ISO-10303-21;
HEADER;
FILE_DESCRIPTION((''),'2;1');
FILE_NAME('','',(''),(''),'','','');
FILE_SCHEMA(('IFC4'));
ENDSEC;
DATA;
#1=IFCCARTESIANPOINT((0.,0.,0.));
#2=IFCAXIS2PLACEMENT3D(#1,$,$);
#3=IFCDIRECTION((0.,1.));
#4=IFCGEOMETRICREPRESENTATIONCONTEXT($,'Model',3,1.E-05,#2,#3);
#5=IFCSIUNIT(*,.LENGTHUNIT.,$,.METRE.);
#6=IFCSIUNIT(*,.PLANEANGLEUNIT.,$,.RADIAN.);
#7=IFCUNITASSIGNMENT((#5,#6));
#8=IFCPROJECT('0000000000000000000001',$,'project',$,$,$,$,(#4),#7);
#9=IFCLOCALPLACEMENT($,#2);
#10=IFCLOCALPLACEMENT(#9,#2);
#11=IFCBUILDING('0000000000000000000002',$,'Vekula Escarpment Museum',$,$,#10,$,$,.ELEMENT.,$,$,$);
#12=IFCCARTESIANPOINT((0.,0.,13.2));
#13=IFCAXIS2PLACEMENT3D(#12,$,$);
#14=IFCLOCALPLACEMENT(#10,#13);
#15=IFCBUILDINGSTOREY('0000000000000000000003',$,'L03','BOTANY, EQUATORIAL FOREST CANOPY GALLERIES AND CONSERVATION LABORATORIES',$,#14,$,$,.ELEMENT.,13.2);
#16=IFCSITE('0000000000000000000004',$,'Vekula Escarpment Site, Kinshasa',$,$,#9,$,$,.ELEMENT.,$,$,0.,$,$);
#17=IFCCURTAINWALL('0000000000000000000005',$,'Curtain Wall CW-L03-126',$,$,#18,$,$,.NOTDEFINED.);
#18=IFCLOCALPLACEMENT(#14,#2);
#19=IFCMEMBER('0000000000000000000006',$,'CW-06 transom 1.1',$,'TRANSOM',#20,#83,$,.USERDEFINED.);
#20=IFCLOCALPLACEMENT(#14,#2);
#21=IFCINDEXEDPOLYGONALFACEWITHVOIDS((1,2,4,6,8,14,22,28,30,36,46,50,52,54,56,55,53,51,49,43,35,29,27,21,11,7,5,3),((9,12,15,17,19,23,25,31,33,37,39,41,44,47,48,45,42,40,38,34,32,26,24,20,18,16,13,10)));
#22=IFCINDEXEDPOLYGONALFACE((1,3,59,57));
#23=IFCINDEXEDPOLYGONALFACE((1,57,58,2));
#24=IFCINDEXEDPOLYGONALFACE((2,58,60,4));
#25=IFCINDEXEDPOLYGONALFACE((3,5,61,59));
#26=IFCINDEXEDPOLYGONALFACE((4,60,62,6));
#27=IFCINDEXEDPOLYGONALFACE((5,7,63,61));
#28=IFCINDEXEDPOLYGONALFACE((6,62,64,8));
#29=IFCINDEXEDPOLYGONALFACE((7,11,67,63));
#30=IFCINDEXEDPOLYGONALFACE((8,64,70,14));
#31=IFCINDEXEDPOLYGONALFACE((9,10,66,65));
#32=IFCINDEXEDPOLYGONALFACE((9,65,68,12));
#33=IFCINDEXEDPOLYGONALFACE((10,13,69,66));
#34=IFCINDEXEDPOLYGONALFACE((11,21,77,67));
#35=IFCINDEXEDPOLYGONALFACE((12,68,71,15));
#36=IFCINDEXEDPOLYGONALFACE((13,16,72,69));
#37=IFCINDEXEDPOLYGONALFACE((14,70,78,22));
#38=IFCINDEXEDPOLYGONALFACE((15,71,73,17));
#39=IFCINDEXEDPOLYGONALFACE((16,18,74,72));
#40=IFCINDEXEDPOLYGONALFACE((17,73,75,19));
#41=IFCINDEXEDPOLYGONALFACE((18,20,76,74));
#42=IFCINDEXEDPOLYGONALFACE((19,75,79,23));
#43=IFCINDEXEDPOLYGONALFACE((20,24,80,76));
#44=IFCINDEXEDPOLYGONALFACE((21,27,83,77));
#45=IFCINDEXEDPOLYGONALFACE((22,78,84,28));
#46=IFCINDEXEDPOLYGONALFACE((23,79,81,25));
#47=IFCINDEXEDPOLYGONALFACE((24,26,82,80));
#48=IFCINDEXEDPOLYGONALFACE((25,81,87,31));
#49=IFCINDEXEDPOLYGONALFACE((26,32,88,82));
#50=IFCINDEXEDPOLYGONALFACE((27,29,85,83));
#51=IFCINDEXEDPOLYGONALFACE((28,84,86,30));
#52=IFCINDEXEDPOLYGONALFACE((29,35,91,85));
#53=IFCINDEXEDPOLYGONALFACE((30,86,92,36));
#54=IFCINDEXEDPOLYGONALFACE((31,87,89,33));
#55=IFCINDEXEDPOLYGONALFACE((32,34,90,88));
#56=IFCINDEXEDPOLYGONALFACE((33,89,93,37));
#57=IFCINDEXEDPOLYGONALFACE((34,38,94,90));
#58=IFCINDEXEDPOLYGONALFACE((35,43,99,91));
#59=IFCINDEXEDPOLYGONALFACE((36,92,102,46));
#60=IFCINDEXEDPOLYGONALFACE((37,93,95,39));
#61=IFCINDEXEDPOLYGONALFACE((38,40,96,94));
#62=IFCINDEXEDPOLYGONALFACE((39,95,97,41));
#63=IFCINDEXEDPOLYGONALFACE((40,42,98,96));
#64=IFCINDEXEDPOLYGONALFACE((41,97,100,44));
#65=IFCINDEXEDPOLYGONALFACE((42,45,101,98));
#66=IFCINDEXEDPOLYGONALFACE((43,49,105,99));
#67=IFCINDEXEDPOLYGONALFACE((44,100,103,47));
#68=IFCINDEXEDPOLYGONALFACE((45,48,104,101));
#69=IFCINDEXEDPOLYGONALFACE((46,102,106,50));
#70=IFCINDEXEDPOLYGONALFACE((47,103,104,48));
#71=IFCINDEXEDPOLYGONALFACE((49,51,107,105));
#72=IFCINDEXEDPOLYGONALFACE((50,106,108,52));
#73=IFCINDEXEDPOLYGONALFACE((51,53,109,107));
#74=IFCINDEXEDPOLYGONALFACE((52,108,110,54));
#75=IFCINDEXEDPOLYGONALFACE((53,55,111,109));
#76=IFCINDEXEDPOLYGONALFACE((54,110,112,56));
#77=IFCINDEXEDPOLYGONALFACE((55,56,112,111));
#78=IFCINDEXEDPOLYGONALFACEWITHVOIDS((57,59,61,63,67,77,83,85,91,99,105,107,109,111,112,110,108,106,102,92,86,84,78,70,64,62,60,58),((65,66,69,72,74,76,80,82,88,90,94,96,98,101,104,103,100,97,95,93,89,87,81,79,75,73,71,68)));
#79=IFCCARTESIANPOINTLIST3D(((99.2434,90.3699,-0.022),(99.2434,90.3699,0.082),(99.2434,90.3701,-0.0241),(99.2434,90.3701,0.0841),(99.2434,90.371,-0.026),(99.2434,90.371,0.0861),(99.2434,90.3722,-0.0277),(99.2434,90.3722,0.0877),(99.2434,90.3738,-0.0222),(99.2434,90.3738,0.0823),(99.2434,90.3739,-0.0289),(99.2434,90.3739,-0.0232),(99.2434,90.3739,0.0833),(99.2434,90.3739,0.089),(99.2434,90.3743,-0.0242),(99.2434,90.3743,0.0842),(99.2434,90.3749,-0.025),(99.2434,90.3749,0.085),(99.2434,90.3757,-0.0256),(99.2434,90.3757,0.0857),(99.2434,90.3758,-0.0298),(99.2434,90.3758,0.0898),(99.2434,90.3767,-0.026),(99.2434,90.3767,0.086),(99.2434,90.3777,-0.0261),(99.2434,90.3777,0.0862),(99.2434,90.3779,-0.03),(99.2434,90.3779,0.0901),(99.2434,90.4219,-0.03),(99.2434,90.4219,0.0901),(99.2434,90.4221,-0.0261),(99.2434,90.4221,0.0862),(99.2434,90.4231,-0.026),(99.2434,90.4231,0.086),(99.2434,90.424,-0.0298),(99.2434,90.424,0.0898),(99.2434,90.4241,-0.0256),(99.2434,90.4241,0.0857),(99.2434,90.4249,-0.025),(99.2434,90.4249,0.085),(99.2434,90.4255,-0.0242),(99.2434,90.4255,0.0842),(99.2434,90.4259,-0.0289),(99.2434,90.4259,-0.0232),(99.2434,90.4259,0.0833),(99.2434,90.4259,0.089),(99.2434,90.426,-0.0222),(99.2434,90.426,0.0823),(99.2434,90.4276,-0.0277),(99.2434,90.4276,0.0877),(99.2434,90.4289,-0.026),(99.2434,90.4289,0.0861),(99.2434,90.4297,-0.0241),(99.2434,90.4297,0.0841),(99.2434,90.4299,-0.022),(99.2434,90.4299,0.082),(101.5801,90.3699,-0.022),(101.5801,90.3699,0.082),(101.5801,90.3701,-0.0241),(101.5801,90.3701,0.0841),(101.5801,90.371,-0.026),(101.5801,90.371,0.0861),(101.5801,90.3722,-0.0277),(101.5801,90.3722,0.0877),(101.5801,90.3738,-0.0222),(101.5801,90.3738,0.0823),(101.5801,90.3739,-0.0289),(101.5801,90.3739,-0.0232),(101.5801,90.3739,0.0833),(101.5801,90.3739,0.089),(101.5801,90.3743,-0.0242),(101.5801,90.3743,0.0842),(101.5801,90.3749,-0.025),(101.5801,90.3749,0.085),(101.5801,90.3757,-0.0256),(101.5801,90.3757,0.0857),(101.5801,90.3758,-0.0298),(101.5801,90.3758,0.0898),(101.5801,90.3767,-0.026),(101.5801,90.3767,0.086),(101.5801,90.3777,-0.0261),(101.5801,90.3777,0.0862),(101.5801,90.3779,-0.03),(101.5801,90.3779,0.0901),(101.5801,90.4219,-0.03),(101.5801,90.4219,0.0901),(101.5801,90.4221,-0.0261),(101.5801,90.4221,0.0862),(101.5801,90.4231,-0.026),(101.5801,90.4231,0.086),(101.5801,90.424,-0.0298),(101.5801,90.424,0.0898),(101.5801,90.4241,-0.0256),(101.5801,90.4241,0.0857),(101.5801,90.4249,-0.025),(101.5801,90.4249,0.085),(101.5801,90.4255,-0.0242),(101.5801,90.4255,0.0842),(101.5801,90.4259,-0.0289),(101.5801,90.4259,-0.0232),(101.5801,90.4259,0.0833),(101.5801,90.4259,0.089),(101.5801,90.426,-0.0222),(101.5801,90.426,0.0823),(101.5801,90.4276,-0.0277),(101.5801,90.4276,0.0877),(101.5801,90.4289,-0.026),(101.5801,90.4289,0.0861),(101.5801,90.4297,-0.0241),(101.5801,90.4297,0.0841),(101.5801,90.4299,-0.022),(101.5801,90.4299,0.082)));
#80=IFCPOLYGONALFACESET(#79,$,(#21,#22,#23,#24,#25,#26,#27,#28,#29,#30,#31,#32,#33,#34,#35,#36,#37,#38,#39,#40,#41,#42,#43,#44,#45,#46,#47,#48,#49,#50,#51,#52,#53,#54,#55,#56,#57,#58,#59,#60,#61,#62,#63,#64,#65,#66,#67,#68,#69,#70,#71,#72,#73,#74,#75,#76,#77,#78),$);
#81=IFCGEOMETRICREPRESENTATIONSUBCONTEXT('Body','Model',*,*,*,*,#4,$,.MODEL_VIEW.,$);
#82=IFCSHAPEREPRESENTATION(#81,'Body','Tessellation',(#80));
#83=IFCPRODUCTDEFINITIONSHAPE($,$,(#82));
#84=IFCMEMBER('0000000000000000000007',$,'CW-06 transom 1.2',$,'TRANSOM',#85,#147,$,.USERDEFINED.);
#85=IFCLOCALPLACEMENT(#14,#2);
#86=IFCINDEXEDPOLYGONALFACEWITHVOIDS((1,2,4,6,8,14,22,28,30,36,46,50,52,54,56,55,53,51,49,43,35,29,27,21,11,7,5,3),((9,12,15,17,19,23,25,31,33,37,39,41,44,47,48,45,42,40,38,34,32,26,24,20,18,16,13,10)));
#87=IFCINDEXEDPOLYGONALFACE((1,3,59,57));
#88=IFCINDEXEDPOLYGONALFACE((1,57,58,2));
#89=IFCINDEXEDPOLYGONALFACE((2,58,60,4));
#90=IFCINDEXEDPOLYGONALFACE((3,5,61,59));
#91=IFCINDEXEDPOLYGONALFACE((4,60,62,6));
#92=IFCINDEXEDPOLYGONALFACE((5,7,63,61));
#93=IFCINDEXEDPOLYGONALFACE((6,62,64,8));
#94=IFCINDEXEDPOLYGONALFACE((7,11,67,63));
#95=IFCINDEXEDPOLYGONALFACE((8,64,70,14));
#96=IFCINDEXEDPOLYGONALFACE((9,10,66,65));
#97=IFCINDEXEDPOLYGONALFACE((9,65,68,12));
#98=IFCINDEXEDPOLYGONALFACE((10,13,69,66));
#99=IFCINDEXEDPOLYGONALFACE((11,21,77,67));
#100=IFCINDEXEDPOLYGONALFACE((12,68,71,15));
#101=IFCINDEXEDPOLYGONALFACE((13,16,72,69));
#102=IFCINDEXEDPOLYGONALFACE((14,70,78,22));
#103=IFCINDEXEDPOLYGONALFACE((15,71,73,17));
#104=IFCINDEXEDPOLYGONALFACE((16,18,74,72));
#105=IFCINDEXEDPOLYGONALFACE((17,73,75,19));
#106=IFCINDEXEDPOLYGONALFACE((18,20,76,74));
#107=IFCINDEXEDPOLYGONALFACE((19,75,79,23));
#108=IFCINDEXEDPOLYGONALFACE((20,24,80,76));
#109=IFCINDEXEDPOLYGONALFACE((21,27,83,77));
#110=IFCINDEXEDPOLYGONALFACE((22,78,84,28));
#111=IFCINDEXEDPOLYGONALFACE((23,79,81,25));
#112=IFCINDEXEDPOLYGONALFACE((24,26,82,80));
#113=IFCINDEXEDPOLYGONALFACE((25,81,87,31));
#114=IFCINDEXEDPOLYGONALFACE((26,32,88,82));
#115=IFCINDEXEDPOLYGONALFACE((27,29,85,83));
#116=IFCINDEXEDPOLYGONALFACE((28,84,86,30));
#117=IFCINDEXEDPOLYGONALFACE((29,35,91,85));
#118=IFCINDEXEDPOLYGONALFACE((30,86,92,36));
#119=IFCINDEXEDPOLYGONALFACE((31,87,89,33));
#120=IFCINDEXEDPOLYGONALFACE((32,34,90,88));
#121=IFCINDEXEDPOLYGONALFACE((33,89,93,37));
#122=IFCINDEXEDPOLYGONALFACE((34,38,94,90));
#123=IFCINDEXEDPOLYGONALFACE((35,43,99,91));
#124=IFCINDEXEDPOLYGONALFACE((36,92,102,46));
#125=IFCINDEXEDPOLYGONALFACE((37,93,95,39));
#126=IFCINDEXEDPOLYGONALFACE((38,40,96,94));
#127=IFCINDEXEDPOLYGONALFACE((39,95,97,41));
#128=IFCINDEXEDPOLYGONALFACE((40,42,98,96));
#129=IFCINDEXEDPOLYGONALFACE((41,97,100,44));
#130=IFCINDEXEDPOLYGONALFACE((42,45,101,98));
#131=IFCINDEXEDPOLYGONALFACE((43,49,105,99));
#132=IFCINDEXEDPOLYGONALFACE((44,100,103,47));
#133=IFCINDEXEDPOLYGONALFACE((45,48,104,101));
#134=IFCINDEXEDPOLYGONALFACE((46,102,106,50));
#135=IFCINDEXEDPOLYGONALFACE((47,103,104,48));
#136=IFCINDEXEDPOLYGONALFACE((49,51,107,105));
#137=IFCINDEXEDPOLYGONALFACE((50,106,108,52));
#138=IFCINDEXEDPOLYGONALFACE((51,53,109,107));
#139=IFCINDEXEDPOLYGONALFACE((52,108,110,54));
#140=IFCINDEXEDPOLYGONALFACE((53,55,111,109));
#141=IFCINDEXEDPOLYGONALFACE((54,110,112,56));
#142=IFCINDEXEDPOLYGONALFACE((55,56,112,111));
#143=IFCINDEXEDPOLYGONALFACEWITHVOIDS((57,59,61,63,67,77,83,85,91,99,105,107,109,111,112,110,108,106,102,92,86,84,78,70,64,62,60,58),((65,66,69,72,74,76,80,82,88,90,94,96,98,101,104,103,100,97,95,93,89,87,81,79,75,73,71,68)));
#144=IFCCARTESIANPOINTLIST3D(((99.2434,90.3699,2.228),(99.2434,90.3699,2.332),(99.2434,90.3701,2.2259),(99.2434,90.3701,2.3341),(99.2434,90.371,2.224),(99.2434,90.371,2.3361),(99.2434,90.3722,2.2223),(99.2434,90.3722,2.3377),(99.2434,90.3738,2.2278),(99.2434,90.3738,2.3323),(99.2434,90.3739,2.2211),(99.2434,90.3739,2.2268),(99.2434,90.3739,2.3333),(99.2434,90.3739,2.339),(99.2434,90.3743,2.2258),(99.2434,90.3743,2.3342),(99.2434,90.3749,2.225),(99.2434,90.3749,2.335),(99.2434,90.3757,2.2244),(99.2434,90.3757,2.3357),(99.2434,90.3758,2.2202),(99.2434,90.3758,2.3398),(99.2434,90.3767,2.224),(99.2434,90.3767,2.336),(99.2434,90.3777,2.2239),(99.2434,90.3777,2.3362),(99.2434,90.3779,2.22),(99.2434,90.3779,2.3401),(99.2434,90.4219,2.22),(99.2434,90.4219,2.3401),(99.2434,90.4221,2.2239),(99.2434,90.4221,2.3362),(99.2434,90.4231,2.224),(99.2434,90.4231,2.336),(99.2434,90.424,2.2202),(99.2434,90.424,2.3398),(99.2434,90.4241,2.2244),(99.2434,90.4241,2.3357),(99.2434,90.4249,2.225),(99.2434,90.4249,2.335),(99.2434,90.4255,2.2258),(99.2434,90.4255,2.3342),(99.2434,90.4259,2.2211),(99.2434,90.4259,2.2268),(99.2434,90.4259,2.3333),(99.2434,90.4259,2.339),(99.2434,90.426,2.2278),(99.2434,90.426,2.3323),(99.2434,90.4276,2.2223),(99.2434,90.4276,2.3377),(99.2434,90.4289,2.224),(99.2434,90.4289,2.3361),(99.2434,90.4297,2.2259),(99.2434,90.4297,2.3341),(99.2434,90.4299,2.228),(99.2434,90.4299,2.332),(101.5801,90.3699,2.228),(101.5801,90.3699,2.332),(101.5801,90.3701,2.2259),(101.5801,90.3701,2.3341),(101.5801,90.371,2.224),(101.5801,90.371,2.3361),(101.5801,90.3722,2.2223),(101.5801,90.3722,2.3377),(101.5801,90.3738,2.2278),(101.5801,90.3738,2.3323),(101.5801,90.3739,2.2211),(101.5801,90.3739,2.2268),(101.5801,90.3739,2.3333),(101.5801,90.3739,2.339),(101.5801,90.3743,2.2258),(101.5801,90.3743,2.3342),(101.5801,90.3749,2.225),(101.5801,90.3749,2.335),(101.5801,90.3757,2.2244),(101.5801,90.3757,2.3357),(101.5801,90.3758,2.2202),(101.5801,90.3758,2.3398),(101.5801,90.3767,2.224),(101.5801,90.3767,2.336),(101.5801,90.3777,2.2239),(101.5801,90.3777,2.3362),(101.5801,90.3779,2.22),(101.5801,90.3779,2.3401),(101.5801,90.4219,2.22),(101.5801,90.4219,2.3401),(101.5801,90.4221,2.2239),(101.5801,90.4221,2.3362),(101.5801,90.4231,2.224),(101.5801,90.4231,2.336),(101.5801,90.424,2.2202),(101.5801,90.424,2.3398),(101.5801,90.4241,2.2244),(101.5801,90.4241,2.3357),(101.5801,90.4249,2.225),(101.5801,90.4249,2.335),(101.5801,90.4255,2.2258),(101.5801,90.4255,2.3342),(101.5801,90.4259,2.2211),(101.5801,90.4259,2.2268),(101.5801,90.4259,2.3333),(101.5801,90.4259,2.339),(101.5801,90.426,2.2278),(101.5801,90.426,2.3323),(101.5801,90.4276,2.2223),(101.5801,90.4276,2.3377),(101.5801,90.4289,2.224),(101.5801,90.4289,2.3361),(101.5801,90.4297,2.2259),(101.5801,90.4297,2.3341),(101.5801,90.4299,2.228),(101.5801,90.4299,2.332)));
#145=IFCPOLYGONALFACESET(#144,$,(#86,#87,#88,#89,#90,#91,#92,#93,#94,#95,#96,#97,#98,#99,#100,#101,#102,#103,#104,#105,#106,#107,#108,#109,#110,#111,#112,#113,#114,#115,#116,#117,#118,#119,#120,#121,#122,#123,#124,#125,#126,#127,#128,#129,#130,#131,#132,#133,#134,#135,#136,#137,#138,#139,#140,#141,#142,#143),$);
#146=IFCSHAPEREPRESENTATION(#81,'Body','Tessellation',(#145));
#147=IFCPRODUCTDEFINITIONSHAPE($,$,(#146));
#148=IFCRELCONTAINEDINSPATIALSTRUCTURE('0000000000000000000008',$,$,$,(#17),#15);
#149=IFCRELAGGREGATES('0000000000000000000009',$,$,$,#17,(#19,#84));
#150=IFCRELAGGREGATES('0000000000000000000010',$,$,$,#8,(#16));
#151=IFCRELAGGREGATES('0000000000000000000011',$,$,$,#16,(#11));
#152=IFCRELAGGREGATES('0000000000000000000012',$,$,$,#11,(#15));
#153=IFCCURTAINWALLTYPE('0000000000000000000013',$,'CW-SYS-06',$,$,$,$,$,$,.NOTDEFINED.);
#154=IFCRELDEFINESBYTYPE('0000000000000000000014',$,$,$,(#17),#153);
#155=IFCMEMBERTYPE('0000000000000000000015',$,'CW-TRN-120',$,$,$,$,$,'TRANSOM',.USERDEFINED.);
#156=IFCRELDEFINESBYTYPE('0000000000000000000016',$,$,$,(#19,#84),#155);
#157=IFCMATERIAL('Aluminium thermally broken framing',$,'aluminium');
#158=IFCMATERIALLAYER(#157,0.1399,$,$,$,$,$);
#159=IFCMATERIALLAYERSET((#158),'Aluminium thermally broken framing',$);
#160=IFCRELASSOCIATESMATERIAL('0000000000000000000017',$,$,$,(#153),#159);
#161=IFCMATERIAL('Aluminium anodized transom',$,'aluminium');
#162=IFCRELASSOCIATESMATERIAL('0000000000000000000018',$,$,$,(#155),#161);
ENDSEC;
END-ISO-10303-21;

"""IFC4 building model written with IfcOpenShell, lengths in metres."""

from ifc_helpers import new_model, si_unit, direction, frame, origin, origin_2d, place, context, subcontext, project, spatial, hollow_rectangle, extrude, material, layer, layer_set, material_profile, profile_set, type_object, element, aggregate, save


model = new_model("IFC4")

# Units and contexts
model_context = context("Model", 3, precision=1e-05, world=origin(), true_north=direction((0.0, 1.0)))
body_context = subcontext(model_context, "Body", "Model", "MODEL_VIEW")
ifc_project = project(units=[si_unit("LENGTHUNIT", "METRE"), si_unit("PLANEANGLEUNIT", "RADIAN")], contexts=[model_context])

# Site, building, storey
site_placement = place(None, origin())
site = spatial("IfcSite", under=ifc_project, at=site_placement, Name="Vekula Escarpment Site, Kinshasa", CompositionType="ELEMENT", RefElevation=0.0)
building_placement = place(site_placement, origin())
building = spatial("IfcBuilding", under=site, at=building_placement, Name="Vekula Escarpment Museum", CompositionType="ELEMENT")
storey_placement = place(building_placement, frame((0.0, 0.0, 13.2)))
storey = spatial("IfcBuildingStorey", under=building, at=storey_placement, Name="L03", Description="BOTANY, EQUATORIAL FOREST CANOPY GALLERIES AND CONSERVATION LABORATORIES", CompositionType="ELEMENT", Elevation=13.2)

# Curtain wall
ifc_material_1 = material(Name="Aluminium thermally broken framing", Category="aluminium")
ifc_layer_1 = layer(ifc_material_1, 0.1399)
ifc_layer_set_1 = layer_set([ifc_layer_1], Name="Aluminium thermally broken framing")
curtain_wall_type_1 = type_object("IfcCurtainWallType", Name="CW-SYS-06", PredefinedType="NOTDEFINED", material=ifc_layer_set_1)
curtain_wall_1_placement = place(storey_placement, origin())
curtain_wall_1 = element("IfcCurtainWall", 1, at=curtain_wall_1_placement, inside=storey, type_object=curtain_wall_type_1, Name="Curtain Wall CW-L03-126", PredefinedType="NOTDEFINED")

# Members
ifc_material_2 = material(Name="Aluminium anodized transom", Category="aluminium")
ifc_material_profile_1 = material_profile(ifc_material_2, hollow_rectangle(XDim=0.0601, YDim=0.1201, WallThickness=0.0039, InnerFilletRadius=0.0039, OuterFilletRadius=0.0081, at=origin_2d()), Name="ALU 120x60x4")
ifc_profile_set_1 = profile_set([ifc_material_profile_1], Name="Aluminium anodized transom")
member_type_1 = type_object("IfcMemberType", Name="CW-TRN-120", ElementType="TRANSOM", PredefinedType="USERDEFINED", material=ifc_profile_set_1)
member_1_placement = place(storey_placement, frame((101.5801, 90.3999, 0.03), z_axis=(-1.0, 0.0, 0.0), x_axis=(0.0, -1.0, 0.0)))
member_1 = element("IfcMember", 2, at=member_1_placement, type_object=member_type_1, Name="CW-06 transom 1.1", ObjectType="TRANSOM", PredefinedType="USERDEFINED", context=body_context, shape_type="SweptSolid", body=[
    extrude(hollow_rectangle(XDim=0.0601, YDim=0.1201, WallThickness=0.0039, InnerFilletRadius=0.0039, OuterFilletRadius=0.0081, at=origin_2d()), origin(), (0.0, 0.0, 1.0), 2.3367),
])
member_2_placement = place(storey_placement, frame((101.5801, 90.3999, 2.28), z_axis=(-1.0, 0.0, 0.0), x_axis=(0.0, -1.0, 0.0)))
member_2 = element("IfcMember", 3, at=member_2_placement, type_object=member_type_1, Name="CW-06 transom 1.2", ObjectType="TRANSOM", PredefinedType="USERDEFINED", context=body_context, shape_type="SweptSolid", body=[
    extrude(hollow_rectangle(XDim=0.0601, YDim=0.1201, WallThickness=0.0039, InnerFilletRadius=0.0039, OuterFilletRadius=0.0081, at=origin_2d()), origin(), (0.0, 0.0, 1.0), 2.3367),
])

aggregate(curtain_wall_1, [member_1, member_2])

save(model, "model.ifc")
